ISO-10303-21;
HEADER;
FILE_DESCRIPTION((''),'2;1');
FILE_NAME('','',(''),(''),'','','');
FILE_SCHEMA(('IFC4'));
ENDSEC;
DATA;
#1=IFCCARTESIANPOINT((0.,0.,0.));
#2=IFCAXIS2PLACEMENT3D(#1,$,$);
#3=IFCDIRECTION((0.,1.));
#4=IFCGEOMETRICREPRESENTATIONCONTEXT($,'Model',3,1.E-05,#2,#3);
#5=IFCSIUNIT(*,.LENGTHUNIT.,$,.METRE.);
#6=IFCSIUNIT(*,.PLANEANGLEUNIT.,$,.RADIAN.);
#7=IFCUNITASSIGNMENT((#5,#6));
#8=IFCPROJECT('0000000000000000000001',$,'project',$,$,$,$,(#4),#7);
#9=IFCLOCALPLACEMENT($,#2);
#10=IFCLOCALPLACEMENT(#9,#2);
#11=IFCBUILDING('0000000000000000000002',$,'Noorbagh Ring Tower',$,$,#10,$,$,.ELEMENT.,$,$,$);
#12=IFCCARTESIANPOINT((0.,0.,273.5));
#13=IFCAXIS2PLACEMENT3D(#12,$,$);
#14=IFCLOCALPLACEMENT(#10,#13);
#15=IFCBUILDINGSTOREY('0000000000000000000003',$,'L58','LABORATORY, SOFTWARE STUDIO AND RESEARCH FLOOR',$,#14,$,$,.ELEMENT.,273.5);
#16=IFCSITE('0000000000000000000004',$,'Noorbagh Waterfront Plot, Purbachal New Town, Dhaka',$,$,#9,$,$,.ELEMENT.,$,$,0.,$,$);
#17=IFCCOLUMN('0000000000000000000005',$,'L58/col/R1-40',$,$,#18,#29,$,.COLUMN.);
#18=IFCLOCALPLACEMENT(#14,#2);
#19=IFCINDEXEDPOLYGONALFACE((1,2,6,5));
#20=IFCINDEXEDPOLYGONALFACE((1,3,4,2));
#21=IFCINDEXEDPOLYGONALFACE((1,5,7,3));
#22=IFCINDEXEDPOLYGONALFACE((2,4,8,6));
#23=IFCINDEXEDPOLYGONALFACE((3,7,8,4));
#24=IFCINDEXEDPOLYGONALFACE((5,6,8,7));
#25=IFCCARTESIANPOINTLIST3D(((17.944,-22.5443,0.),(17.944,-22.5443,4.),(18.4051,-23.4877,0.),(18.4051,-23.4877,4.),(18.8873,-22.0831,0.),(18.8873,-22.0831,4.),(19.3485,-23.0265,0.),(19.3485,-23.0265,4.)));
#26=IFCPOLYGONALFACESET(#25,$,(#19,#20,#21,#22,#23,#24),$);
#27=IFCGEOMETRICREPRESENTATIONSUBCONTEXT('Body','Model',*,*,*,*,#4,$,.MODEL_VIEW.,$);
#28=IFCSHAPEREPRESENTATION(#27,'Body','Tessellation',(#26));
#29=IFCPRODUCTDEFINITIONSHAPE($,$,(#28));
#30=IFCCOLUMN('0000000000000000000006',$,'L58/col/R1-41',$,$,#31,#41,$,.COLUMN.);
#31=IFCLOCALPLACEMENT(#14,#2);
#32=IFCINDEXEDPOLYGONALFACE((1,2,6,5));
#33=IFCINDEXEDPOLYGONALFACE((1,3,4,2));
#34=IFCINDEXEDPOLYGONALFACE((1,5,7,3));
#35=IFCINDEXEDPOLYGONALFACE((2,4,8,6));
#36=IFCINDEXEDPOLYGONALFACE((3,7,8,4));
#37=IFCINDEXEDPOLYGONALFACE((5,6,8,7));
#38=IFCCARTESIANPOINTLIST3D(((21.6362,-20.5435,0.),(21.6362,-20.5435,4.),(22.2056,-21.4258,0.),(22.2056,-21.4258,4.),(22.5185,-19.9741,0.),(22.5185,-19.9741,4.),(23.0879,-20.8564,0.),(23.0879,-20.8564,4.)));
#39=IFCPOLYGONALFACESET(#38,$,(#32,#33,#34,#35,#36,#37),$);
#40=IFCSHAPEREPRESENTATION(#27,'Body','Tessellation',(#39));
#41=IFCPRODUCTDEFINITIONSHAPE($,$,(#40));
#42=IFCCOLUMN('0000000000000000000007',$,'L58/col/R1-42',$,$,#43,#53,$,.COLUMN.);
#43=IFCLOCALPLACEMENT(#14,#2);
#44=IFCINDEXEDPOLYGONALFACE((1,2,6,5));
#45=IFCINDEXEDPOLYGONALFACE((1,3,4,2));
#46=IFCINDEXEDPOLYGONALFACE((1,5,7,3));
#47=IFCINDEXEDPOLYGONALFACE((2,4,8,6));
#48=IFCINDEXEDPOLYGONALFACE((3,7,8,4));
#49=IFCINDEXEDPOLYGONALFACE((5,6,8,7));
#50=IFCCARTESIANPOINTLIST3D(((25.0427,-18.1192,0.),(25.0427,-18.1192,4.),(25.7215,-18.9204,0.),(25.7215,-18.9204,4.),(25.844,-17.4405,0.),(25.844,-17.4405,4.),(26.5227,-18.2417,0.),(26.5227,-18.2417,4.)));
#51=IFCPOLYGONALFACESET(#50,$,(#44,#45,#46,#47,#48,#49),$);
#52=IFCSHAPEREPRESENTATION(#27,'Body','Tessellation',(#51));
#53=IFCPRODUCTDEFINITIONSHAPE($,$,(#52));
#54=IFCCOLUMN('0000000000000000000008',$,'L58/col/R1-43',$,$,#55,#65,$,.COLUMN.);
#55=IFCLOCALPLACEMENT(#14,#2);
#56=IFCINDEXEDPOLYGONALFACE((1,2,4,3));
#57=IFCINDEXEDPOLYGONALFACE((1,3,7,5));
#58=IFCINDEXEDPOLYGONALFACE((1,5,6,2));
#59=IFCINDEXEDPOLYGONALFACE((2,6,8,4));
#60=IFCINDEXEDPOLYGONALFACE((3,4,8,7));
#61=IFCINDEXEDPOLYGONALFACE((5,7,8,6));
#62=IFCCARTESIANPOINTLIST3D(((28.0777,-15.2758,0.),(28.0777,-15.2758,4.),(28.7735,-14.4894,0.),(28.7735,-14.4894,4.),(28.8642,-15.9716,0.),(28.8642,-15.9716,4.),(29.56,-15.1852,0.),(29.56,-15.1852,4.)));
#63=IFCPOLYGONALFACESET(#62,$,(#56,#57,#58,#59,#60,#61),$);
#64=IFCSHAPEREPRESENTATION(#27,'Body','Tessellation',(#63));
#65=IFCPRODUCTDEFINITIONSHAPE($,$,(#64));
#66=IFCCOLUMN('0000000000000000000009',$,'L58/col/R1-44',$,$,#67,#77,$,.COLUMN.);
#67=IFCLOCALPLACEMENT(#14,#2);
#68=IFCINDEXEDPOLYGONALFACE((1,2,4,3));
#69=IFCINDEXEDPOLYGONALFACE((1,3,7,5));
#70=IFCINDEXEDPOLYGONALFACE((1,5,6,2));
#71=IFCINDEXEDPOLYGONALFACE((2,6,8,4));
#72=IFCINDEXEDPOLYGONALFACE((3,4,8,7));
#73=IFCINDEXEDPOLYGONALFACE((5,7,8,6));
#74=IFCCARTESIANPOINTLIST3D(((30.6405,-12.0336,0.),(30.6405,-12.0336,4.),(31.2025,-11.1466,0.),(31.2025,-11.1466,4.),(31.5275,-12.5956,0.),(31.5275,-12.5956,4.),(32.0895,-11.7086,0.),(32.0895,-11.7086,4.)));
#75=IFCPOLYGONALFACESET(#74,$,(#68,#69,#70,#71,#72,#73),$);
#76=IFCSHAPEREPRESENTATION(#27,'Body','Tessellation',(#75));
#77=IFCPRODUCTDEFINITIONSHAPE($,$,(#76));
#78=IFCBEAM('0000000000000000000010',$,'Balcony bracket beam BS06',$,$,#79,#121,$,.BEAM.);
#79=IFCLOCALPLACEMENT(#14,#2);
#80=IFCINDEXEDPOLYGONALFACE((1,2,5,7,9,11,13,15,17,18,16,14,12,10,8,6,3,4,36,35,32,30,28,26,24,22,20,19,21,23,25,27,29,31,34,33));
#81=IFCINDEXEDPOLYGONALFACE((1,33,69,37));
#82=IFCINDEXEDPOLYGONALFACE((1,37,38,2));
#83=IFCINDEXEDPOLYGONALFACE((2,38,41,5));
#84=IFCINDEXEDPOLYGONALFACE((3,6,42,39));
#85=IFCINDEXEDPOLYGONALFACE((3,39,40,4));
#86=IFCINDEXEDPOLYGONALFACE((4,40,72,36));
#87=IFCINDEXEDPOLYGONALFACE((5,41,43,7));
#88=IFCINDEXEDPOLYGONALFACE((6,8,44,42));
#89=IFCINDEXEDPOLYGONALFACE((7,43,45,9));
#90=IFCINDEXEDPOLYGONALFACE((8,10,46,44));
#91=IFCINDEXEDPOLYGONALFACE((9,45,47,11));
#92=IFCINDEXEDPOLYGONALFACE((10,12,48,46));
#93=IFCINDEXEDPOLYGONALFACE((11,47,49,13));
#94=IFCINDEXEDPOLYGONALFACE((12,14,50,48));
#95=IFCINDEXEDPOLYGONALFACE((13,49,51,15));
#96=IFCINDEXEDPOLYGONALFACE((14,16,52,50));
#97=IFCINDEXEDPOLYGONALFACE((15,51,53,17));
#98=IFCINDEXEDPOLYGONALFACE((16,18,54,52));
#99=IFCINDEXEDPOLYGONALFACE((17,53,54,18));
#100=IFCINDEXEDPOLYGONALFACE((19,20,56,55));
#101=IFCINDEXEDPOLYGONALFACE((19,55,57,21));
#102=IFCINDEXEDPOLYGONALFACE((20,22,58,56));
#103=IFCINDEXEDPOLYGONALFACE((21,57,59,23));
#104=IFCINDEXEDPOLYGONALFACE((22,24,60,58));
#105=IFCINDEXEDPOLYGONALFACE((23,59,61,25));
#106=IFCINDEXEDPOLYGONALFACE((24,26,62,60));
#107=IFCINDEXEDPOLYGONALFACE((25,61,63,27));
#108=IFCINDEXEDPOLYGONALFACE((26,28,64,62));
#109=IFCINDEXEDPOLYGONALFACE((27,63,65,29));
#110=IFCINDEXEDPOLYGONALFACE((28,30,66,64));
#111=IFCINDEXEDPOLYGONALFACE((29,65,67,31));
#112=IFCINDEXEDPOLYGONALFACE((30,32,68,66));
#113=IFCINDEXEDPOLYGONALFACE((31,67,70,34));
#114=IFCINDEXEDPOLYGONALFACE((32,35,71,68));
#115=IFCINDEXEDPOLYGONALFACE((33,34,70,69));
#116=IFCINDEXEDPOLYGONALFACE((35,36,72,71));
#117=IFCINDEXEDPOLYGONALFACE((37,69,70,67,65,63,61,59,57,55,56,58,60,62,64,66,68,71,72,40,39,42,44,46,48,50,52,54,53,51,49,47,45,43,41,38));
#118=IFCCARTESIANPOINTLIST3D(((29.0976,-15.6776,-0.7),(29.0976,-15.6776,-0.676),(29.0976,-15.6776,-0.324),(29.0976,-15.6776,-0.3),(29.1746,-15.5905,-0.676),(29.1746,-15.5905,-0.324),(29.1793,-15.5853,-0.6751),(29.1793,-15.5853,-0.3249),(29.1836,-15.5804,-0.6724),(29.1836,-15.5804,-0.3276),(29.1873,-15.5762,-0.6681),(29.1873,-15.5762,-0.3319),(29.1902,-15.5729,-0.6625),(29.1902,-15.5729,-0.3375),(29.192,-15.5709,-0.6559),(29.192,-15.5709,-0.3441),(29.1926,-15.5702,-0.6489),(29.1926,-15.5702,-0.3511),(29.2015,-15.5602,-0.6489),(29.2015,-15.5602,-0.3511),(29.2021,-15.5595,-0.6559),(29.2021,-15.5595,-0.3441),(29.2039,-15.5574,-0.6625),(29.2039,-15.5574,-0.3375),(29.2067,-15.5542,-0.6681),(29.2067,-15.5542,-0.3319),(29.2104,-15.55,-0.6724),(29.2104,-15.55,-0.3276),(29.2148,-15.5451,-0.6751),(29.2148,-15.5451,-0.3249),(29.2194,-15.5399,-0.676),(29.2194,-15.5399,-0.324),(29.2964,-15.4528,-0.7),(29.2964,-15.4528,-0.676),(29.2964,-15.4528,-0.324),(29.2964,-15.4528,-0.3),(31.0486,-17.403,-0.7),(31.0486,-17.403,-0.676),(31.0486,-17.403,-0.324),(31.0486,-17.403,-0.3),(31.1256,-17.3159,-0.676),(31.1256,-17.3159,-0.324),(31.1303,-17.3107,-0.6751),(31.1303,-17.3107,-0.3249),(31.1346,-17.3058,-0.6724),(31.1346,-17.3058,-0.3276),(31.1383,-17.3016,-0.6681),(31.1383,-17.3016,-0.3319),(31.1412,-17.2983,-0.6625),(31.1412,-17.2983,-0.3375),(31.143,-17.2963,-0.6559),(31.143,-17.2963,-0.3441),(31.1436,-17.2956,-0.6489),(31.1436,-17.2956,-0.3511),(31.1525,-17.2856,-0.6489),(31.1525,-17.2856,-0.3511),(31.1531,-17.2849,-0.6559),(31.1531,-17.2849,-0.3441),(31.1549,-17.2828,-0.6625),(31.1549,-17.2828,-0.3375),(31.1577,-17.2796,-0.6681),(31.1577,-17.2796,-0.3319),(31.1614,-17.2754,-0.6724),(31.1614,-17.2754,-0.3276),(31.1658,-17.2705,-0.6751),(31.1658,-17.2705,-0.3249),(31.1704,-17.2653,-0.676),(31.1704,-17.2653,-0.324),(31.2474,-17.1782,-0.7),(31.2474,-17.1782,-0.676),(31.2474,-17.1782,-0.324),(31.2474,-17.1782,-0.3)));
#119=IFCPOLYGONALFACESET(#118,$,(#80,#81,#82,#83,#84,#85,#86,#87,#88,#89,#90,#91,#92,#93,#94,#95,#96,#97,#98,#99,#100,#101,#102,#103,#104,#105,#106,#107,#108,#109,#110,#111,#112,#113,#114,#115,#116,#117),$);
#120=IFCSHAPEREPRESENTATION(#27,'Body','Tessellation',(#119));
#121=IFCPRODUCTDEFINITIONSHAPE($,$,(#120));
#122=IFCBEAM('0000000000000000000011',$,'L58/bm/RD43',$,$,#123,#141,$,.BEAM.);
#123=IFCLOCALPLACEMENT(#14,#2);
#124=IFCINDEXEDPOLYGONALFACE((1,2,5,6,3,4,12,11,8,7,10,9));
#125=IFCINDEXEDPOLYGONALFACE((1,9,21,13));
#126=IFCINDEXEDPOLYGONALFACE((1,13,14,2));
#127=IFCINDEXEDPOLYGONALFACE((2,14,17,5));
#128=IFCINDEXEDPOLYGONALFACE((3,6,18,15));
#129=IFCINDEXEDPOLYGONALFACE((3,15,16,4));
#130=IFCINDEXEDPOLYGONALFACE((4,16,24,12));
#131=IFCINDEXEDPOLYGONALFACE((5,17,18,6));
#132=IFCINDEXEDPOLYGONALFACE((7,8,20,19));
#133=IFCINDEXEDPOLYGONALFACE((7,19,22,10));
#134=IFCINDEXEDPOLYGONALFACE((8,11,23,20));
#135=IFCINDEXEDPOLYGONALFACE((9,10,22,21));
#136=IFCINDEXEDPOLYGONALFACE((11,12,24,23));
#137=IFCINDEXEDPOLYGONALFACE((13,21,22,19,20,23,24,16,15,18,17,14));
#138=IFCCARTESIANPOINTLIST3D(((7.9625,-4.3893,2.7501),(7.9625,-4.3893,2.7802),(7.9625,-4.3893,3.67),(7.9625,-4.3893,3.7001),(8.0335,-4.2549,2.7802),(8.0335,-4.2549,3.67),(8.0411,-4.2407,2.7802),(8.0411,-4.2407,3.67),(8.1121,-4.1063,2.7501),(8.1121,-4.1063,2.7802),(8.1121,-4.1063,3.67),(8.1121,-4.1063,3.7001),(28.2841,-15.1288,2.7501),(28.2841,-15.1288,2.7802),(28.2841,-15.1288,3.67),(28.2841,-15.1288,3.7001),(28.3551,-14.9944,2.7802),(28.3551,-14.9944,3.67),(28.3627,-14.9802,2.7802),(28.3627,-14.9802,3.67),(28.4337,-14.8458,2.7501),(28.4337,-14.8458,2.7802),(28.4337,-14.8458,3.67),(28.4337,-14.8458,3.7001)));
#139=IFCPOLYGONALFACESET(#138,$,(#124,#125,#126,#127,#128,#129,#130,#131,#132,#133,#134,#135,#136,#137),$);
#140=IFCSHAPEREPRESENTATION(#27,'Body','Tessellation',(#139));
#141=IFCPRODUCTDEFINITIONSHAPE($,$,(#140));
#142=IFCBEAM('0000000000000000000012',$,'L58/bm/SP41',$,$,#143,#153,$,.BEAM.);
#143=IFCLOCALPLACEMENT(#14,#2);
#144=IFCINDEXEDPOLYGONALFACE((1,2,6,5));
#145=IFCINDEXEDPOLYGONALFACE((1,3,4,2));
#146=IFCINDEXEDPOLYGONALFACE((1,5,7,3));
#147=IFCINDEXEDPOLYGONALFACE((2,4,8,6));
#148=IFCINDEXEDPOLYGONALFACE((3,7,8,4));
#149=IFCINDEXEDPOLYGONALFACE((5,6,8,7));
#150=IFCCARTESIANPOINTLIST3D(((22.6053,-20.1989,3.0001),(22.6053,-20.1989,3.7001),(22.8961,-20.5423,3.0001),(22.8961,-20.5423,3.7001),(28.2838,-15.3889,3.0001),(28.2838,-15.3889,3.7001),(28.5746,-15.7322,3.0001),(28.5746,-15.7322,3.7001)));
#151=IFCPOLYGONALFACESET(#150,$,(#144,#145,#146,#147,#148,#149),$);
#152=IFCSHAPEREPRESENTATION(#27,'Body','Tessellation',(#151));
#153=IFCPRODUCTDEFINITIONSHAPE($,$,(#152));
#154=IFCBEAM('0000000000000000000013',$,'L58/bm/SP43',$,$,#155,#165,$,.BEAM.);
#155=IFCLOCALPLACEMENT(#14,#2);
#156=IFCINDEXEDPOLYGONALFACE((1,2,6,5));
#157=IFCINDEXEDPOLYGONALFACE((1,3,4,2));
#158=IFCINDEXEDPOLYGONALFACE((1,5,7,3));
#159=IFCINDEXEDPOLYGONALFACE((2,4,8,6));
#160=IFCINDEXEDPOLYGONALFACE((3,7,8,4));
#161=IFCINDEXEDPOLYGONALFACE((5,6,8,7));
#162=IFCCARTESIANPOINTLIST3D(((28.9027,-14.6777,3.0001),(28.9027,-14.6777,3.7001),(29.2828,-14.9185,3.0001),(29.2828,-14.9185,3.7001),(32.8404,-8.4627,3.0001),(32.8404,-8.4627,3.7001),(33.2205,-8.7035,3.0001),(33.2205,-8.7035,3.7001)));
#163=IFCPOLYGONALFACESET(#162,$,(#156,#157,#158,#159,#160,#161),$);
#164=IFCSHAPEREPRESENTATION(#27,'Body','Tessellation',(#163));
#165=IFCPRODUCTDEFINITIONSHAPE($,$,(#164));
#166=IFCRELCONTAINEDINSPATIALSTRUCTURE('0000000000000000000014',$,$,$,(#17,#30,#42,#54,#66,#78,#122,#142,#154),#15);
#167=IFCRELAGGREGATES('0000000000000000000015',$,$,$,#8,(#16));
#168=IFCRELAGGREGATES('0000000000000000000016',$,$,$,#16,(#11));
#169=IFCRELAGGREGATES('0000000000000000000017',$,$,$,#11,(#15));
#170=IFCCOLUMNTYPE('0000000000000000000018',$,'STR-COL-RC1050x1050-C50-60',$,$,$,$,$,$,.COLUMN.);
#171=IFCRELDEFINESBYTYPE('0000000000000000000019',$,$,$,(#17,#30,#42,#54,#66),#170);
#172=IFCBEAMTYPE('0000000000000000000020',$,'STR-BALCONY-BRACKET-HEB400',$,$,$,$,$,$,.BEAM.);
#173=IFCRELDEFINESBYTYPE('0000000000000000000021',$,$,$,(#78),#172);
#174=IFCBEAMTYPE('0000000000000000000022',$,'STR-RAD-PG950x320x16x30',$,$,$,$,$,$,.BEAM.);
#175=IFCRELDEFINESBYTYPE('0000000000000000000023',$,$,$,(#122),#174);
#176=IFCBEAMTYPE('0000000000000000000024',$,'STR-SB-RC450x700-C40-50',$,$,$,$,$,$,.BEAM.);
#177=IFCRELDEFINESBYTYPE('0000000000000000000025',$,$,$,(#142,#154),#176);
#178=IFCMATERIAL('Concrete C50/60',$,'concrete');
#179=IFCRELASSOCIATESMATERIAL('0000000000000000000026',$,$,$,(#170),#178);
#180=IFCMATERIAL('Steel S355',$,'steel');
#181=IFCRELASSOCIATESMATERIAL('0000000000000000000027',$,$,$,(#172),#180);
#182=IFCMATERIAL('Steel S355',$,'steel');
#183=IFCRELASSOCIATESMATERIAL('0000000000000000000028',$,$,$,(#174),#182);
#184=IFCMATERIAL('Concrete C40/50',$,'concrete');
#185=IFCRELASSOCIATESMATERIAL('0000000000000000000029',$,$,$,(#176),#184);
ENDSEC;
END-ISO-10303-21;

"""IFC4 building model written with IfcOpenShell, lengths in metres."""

from ifc_helpers import new_model, si_unit, direction, frame, origin, origin_2d, place, context, subcontext, project, spatial, rectangle, i_section, extrude, material, material_profile, profile_set, type_object, element, save


model = new_model("IFC4")

# Units and contexts
model_context = context("Model", 3, precision=1e-05, world=origin(), true_north=direction((0.0, 1.0)))
body_context = subcontext(model_context, "Body", "Model", "MODEL_VIEW")
ifc_project = project(units=[si_unit("LENGTHUNIT", "METRE"), si_unit("PLANEANGLEUNIT", "RADIAN")], contexts=[model_context])

# Site, building, storey
site_placement = place(None, origin())
site = spatial("IfcSite", under=ifc_project, at=site_placement, Name="Noorbagh Waterfront Plot, Purbachal New Town, Dhaka", CompositionType="ELEMENT", RefElevation=0.0)
building_placement = place(site_placement, origin())
building = spatial("IfcBuilding", under=site, at=building_placement, Name="Noorbagh Ring Tower", CompositionType="ELEMENT")
storey_placement = place(building_placement, frame((0.0, 0.0, 273.5)))
storey = spatial("IfcBuildingStorey", under=building, at=storey_placement, Name="L58", Description="LABORATORY, SOFTWARE STUDIO AND RESEARCH FLOOR", CompositionType="ELEMENT", Elevation=273.5)

# Columns
ifc_material_1 = material(Name="Concrete C50/60", Category="concrete")
ifc_material_profile_1 = material_profile(ifc_material_1, rectangle(XDim=1.05, YDim=1.05, at=origin_2d()), Name="RC1050x1050")
ifc_profile_set_1 = profile_set([ifc_material_profile_1], Name="Concrete C50/60")
column_type = type_object("IfcColumnType", Name="STR-COL-RC1050x1050-C50-60", PredefinedType="COLUMN", material=ifc_profile_set_1)
for number, where, z_axis, x_axis, name in (
    (1, (18.6462, -22.7854, 0.0), (0.0, 0.0, 1.0), (0.898399, 0.43918, 0.0), "L58/col/R1-40"),
    (2, (22.3621, -20.7, 0.0), (0.0, 0.0, 1.0), (0.840248, 0.542203, 0.0), "L58/col/R1-41"),
    (3, (25.7827, -18.1804, 0.0), (0.0, 0.0, 1.0), (0.763035, 0.646357, 0.0), "L58/col/R1-42"),
    (4, (28.8188, -15.2305, 0.0), (0.0, 0.0, 1.0), (0.662636, 0.748942, 0.0), "L58/col/R1-43"),
    (5, (31.365, -11.8711, 0.0), (0.0, 0.0, 1.0), (0.53519, 0.844731, 0.0), "L58/col/R1-44"),
):
    element("IfcColumn", number, at=place(storey_placement, frame(where, z_axis=z_axis, x_axis=x_axis)), inside=storey, type_object=column_type, Name=name, PredefinedType="COLUMN", context=body_context, shape_type="SweptSolid", body=[
        extrude(rectangle(XDim=1.05, YDim=1.05, at=origin_2d()), origin(), (0.0, 0.0, 1.0), 4.0),
    ])

# Beams
ifc_material_2 = material(Name="Steel S355", Category="steel")
ifc_material_profile_2 = material_profile(ifc_material_2, i_section(OverallWidth=0.3, OverallDepth=0.3999, WebThickness=0.0134, FlangeThickness=0.0239, FilletRadius=0.0271, at=origin_2d()), Name="HEB400")
ifc_profile_set_2 = profile_set([ifc_material_profile_2], Name="Steel S355")
beam_type_1 = type_object("IfcBeamType", Name="STR-BALCONY-BRACKET-HEB400", PredefinedType="BEAM", material=ifc_profile_set_2)
beam_1_placement = place(storey_placement, frame((29.197, -15.5652, -0.5), z_axis=(0.749088, -0.662471, 0.0), x_axis=(0.662471, 0.749088, 0.0)))
element("IfcBeam", 6, at=beam_1_placement, inside=storey, type_object=beam_type_1, Name="Balcony bracket beam BS06", PredefinedType="BEAM", context=body_context, shape_type="SweptSolid", body=[
    extrude(i_section(OverallWidth=0.3, OverallDepth=0.3999, WebThickness=0.0134, FlangeThickness=0.0239, FilletRadius=0.0271, at=origin_2d()), origin(), (0.0, 0.0, 1.0), 2.6045),
])
ifc_material_3 = material(Name="Steel S355", Category="steel")
ifc_material_profile_3 = material_profile(ifc_material_3, i_section(OverallWidth=0.3201, OverallDepth=0.95, WebThickness=0.0161, FlangeThickness=0.03, at=origin_2d()), Name="PG950x320x16x30")
ifc_profile_set_3 = profile_set([ifc_material_profile_3], Name="Steel S355")
beam_type_2 = type_object("IfcBeamType", Name="STR-RAD-PG950x320x16x30", PredefinedType="BEAM", material=ifc_profile_set_3)
beam_2_placement = place(storey_placement, frame((28.3589, -14.9873, 3.2251), z_axis=(-0.884129, 0.467243, 0.0), x_axis=(-0.467243, -0.884129, 0.0)))
element("IfcBeam", 7, at=beam_2_placement, inside=storey, type_object=beam_type_2, Name="L58/bm/RD43", PredefinedType="BEAM", context=body_context, shape_type="SweptSolid", body=[
    extrude(i_section(OverallWidth=0.3201, OverallDepth=0.95, WebThickness=0.0161, FlangeThickness=0.03, at=origin_2d()), origin(), (0.0, 0.0, 1.0), 22.9849),
])
ifc_material_4 = material(Name="Concrete C40/50", Category="concrete")
ifc_material_profile_4 = material_profile(ifc_material_4, rectangle(XDim=0.45, YDim=0.7, at=origin_2d()), Name="RC450x700")
ifc_profile_set_4 = profile_set([ifc_material_profile_4], Name="Concrete C40/50")
beam_type_3 = type_object("IfcBeamType", Name="STR-SB-RC450x700-C40-50", PredefinedType="BEAM", material=ifc_profile_set_4)
beam_3_placement = place(storey_placement, frame((22.7507, -20.3706, 3.3501), z_axis=(0.763041, 0.64635, 0.0), x_axis=(-0.64635, 0.763041, 0.0)))
element("IfcBeam", 8, at=beam_3_placement, inside=storey, type_object=beam_type_3, Name="L58/bm/SP41", PredefinedType="BEAM", context=body_context, shape_type="SweptSolid", body=[
    extrude(rectangle(XDim=0.45, YDim=0.7, at=origin_2d()), origin(), (0.0, 0.0, 1.0), 7.4419),
])
beam_4_placement = place(storey_placement, frame((29.0928, -14.7981, 3.3501), z_axis=(0.5352, 0.844726, 0.0), x_axis=(-0.844726, 0.5352, 0.0)))
element("IfcBeam", 9, at=beam_4_placement, inside=storey, type_object=beam_type_3, Name="L58/bm/SP43", PredefinedType="BEAM", context=body_context, shape_type="SweptSolid", body=[
    extrude(rectangle(XDim=0.45, YDim=0.7, at=origin_2d()), origin(), (0.0, 0.0, 1.0), 7.3574),
])

save(model, "model.ifc")
